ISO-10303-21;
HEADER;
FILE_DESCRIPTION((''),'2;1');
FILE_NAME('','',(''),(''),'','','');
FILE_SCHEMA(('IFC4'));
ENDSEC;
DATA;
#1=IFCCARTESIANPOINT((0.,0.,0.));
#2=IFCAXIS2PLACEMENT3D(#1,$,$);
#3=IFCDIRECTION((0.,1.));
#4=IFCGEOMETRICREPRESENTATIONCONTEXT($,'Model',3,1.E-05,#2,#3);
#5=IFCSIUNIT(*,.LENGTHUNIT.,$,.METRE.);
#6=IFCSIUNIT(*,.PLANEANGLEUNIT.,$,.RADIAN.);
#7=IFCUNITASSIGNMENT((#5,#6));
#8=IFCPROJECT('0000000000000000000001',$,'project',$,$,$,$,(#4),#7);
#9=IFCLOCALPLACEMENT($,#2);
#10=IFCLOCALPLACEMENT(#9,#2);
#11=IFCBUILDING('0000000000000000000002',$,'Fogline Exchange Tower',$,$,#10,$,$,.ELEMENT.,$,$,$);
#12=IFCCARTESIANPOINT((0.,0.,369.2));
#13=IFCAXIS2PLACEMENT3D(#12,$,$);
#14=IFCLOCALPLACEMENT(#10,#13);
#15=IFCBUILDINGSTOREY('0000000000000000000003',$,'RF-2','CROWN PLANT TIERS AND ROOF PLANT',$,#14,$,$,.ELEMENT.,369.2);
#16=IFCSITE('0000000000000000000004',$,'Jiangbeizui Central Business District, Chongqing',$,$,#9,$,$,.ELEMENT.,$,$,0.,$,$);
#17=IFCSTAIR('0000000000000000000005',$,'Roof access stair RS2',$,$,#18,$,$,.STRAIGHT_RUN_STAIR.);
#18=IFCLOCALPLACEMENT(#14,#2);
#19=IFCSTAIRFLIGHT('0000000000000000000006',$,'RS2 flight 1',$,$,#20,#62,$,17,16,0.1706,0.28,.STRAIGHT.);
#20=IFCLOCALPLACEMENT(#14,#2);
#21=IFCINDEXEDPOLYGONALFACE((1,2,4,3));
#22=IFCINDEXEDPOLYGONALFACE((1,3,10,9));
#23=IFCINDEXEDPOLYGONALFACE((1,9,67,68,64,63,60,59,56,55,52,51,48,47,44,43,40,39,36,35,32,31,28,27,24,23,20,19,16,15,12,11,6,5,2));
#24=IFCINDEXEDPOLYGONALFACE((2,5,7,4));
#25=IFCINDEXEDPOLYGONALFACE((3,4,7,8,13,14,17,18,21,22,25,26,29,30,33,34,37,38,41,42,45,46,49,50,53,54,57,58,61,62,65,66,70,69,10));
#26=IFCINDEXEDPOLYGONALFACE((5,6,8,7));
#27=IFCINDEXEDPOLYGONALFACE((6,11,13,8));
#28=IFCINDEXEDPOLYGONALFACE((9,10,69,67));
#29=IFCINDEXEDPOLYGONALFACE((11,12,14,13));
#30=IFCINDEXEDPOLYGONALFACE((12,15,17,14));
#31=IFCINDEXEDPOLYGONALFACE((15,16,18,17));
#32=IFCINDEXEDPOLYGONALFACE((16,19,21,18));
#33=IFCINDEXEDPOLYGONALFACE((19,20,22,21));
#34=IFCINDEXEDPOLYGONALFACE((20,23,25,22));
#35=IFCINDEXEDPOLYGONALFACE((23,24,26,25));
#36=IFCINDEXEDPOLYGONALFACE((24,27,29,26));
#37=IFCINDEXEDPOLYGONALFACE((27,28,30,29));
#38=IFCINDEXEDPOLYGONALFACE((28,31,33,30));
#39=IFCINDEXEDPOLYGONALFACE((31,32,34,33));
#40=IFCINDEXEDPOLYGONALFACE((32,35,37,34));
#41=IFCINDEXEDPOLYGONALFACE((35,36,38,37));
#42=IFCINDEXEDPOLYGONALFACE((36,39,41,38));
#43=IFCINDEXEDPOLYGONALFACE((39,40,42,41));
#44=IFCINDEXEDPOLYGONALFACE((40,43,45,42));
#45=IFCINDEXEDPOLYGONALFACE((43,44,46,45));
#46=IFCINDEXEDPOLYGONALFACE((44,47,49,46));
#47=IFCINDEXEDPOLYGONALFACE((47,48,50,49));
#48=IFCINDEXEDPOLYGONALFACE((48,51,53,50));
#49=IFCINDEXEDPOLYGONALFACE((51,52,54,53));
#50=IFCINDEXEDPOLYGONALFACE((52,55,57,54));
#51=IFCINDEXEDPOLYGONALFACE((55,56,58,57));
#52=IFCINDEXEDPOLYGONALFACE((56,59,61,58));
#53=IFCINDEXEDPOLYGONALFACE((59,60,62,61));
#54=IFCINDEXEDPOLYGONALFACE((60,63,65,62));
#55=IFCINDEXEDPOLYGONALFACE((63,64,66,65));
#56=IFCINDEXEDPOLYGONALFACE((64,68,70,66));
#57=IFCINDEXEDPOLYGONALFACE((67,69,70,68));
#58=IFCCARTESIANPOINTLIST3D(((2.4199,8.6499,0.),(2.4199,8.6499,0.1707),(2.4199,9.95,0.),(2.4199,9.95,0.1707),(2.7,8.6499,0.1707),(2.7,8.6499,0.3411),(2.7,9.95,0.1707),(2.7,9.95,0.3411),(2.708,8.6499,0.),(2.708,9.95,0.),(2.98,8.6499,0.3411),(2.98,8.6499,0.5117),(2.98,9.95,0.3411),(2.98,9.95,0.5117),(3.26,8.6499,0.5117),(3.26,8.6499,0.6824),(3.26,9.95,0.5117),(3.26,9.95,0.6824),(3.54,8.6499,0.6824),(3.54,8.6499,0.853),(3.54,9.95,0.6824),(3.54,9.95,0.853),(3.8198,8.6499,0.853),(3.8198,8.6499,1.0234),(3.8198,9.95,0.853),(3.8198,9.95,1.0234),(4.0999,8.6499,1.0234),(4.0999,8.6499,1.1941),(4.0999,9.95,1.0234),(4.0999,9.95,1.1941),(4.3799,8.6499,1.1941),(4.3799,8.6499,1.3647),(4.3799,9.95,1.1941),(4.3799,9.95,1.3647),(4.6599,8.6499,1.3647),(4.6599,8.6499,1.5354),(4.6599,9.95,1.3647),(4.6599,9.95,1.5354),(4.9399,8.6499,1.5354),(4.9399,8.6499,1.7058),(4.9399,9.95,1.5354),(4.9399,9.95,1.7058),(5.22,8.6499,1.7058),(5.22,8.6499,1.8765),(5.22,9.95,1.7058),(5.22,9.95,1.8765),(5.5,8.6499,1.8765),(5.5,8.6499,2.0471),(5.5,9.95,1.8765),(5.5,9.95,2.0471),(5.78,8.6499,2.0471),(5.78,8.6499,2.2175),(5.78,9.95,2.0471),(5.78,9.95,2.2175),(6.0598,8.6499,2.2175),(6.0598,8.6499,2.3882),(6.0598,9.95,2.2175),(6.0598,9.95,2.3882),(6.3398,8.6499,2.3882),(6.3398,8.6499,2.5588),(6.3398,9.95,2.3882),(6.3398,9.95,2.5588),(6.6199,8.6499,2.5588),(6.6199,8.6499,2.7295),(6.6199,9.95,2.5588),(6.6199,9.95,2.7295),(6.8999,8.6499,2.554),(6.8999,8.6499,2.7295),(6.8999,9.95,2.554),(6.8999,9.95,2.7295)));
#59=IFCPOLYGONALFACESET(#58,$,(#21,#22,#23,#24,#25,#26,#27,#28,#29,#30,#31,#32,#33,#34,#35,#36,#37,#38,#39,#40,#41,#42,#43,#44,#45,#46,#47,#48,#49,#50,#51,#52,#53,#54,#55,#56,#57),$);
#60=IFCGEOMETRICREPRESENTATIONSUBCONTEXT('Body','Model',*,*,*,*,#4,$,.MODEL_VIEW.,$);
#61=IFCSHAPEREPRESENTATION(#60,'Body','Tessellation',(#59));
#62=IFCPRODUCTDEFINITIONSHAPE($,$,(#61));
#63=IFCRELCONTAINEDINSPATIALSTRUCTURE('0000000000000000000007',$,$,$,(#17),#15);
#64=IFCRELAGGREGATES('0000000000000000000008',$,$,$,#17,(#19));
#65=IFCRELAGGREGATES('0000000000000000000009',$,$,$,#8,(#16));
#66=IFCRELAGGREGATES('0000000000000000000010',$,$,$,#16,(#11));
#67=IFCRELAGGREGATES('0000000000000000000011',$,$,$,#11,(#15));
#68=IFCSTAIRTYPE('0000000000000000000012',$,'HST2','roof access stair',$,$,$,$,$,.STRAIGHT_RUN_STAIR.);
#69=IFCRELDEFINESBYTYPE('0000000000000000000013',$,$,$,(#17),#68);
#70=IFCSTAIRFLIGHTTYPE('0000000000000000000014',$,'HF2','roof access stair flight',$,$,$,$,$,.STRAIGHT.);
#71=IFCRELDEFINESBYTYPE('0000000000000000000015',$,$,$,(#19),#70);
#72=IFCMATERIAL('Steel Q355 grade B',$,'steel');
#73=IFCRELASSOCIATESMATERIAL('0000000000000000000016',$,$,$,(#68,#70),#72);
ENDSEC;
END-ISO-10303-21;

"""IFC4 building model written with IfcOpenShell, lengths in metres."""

from ifc_helpers import new_model, si_unit, direction, frame, origin, place, context, subcontext, project, spatial, polyline, outline, extrude, material, type_object, element, aggregate, save


model = new_model("IFC4")

# Units and contexts
model_context = context("Model", 3, precision=1e-05, world=origin(), true_north=direction((0.0, 1.0)))
body_context = subcontext(model_context, "Body", "Model", "MODEL_VIEW")
ifc_project = project(units=[si_unit("LENGTHUNIT", "METRE"), si_unit("PLANEANGLEUNIT", "RADIAN")], contexts=[model_context])

# Site, building, storey
site_placement = place(None, origin())
site = spatial("IfcSite", under=ifc_project, at=site_placement, Name="Jiangbeizui Central Business District, Chongqing", CompositionType="ELEMENT", RefElevation=0.0)
building_placement = place(site_placement, origin())
building = spatial("IfcBuilding", under=site, at=building_placement, Name="Fogline Exchange Tower", CompositionType="ELEMENT")
storey_placement = place(building_placement, frame((0.0, 0.0, 369.2)))
storey = spatial("IfcBuildingStorey", under=building, at=storey_placement, Name="RF-2", Description="CROWN PLANT TIERS AND ROOF PLANT", CompositionType="ELEMENT", Elevation=369.2)

# Shared definitions
ifc_material_1 = material(Name="Steel Q355 grade B", Category="steel")

# Stair, stair flight
stair_type_1 = type_object("IfcStairType", Name="HST2", Description="roof access stair", PredefinedType="STRAIGHT_RUN_STAIR", material=ifc_material_1)
stair_flight_type_1 = type_object("IfcStairFlightType", Name="HF2", Description="roof access stair flight", PredefinedType="STRAIGHT", material=ifc_material_1)
stair_1_placement = place(storey_placement, origin())
stair_1 = element("IfcStair", 1, at=stair_1_placement, inside=storey, type_object=stair_type_1, Name="Roof access stair RS2", PredefinedType="STRAIGHT_RUN_STAIR")
stair_flight_1_placement = place(storey_placement, frame((2.4199, 9.3, 0.0), z_axis=(0.0, 0.0, 1.0), x_axis=(1.0, 0.0, 0.0)))
stair_flight_1 = element("IfcStairFlight", 2, at=stair_flight_1_placement, type_object=stair_flight_type_1, Name="RS2 flight 1", NumberOfRisers=17, NumberOfTreads=16, PredefinedType="STRAIGHT", RiserHeight=0.1706, TreadLength=0.28, context=body_context, shape_type="SweptSolid", body=[
    extrude(outline(polyline([(0.0, 0.0), (0.0, 0.1707), (0.28, 0.1707), (0.28, 0.3411), (0.5601, 0.3411), (0.5601, 0.5117), (0.8401, 0.5117), (0.8401, 0.6824), (1.1201, 0.6824), (1.1201, 0.853), (1.3999, 0.853), (1.3999, 1.0234), (1.6799, 1.0234), (1.6799, 1.1941), (1.96, 1.1941), (1.96, 1.3647), (2.24, 1.3647), (2.24, 1.5354), (2.52, 1.5354), (2.52, 1.7058), (2.8, 1.7058), (2.8, 1.8765), (3.0801, 1.8765), (3.0801, 2.0471), (3.3601, 2.0471), (3.3601, 2.2175), (3.6399, 2.2175), (3.6399, 2.3882), (3.9199, 2.3882), (3.9199, 2.5588), (4.2, 2.5588), (4.2, 2.7295), (4.48, 2.7295), (4.48, 2.8999), (4.48, 2.554), (0.2881, 0.0), (0.0, 0.0)])), frame((0.0, 0.6499, 0.0), z_axis=(0.0, -1.0, 0.0), x_axis=(1.0, 0.0, 0.0)), (0.0, 0.0, 1.0), 1.3),
])
aggregate(stair_1, [stair_flight_1])

save(model, "model.ifc")
